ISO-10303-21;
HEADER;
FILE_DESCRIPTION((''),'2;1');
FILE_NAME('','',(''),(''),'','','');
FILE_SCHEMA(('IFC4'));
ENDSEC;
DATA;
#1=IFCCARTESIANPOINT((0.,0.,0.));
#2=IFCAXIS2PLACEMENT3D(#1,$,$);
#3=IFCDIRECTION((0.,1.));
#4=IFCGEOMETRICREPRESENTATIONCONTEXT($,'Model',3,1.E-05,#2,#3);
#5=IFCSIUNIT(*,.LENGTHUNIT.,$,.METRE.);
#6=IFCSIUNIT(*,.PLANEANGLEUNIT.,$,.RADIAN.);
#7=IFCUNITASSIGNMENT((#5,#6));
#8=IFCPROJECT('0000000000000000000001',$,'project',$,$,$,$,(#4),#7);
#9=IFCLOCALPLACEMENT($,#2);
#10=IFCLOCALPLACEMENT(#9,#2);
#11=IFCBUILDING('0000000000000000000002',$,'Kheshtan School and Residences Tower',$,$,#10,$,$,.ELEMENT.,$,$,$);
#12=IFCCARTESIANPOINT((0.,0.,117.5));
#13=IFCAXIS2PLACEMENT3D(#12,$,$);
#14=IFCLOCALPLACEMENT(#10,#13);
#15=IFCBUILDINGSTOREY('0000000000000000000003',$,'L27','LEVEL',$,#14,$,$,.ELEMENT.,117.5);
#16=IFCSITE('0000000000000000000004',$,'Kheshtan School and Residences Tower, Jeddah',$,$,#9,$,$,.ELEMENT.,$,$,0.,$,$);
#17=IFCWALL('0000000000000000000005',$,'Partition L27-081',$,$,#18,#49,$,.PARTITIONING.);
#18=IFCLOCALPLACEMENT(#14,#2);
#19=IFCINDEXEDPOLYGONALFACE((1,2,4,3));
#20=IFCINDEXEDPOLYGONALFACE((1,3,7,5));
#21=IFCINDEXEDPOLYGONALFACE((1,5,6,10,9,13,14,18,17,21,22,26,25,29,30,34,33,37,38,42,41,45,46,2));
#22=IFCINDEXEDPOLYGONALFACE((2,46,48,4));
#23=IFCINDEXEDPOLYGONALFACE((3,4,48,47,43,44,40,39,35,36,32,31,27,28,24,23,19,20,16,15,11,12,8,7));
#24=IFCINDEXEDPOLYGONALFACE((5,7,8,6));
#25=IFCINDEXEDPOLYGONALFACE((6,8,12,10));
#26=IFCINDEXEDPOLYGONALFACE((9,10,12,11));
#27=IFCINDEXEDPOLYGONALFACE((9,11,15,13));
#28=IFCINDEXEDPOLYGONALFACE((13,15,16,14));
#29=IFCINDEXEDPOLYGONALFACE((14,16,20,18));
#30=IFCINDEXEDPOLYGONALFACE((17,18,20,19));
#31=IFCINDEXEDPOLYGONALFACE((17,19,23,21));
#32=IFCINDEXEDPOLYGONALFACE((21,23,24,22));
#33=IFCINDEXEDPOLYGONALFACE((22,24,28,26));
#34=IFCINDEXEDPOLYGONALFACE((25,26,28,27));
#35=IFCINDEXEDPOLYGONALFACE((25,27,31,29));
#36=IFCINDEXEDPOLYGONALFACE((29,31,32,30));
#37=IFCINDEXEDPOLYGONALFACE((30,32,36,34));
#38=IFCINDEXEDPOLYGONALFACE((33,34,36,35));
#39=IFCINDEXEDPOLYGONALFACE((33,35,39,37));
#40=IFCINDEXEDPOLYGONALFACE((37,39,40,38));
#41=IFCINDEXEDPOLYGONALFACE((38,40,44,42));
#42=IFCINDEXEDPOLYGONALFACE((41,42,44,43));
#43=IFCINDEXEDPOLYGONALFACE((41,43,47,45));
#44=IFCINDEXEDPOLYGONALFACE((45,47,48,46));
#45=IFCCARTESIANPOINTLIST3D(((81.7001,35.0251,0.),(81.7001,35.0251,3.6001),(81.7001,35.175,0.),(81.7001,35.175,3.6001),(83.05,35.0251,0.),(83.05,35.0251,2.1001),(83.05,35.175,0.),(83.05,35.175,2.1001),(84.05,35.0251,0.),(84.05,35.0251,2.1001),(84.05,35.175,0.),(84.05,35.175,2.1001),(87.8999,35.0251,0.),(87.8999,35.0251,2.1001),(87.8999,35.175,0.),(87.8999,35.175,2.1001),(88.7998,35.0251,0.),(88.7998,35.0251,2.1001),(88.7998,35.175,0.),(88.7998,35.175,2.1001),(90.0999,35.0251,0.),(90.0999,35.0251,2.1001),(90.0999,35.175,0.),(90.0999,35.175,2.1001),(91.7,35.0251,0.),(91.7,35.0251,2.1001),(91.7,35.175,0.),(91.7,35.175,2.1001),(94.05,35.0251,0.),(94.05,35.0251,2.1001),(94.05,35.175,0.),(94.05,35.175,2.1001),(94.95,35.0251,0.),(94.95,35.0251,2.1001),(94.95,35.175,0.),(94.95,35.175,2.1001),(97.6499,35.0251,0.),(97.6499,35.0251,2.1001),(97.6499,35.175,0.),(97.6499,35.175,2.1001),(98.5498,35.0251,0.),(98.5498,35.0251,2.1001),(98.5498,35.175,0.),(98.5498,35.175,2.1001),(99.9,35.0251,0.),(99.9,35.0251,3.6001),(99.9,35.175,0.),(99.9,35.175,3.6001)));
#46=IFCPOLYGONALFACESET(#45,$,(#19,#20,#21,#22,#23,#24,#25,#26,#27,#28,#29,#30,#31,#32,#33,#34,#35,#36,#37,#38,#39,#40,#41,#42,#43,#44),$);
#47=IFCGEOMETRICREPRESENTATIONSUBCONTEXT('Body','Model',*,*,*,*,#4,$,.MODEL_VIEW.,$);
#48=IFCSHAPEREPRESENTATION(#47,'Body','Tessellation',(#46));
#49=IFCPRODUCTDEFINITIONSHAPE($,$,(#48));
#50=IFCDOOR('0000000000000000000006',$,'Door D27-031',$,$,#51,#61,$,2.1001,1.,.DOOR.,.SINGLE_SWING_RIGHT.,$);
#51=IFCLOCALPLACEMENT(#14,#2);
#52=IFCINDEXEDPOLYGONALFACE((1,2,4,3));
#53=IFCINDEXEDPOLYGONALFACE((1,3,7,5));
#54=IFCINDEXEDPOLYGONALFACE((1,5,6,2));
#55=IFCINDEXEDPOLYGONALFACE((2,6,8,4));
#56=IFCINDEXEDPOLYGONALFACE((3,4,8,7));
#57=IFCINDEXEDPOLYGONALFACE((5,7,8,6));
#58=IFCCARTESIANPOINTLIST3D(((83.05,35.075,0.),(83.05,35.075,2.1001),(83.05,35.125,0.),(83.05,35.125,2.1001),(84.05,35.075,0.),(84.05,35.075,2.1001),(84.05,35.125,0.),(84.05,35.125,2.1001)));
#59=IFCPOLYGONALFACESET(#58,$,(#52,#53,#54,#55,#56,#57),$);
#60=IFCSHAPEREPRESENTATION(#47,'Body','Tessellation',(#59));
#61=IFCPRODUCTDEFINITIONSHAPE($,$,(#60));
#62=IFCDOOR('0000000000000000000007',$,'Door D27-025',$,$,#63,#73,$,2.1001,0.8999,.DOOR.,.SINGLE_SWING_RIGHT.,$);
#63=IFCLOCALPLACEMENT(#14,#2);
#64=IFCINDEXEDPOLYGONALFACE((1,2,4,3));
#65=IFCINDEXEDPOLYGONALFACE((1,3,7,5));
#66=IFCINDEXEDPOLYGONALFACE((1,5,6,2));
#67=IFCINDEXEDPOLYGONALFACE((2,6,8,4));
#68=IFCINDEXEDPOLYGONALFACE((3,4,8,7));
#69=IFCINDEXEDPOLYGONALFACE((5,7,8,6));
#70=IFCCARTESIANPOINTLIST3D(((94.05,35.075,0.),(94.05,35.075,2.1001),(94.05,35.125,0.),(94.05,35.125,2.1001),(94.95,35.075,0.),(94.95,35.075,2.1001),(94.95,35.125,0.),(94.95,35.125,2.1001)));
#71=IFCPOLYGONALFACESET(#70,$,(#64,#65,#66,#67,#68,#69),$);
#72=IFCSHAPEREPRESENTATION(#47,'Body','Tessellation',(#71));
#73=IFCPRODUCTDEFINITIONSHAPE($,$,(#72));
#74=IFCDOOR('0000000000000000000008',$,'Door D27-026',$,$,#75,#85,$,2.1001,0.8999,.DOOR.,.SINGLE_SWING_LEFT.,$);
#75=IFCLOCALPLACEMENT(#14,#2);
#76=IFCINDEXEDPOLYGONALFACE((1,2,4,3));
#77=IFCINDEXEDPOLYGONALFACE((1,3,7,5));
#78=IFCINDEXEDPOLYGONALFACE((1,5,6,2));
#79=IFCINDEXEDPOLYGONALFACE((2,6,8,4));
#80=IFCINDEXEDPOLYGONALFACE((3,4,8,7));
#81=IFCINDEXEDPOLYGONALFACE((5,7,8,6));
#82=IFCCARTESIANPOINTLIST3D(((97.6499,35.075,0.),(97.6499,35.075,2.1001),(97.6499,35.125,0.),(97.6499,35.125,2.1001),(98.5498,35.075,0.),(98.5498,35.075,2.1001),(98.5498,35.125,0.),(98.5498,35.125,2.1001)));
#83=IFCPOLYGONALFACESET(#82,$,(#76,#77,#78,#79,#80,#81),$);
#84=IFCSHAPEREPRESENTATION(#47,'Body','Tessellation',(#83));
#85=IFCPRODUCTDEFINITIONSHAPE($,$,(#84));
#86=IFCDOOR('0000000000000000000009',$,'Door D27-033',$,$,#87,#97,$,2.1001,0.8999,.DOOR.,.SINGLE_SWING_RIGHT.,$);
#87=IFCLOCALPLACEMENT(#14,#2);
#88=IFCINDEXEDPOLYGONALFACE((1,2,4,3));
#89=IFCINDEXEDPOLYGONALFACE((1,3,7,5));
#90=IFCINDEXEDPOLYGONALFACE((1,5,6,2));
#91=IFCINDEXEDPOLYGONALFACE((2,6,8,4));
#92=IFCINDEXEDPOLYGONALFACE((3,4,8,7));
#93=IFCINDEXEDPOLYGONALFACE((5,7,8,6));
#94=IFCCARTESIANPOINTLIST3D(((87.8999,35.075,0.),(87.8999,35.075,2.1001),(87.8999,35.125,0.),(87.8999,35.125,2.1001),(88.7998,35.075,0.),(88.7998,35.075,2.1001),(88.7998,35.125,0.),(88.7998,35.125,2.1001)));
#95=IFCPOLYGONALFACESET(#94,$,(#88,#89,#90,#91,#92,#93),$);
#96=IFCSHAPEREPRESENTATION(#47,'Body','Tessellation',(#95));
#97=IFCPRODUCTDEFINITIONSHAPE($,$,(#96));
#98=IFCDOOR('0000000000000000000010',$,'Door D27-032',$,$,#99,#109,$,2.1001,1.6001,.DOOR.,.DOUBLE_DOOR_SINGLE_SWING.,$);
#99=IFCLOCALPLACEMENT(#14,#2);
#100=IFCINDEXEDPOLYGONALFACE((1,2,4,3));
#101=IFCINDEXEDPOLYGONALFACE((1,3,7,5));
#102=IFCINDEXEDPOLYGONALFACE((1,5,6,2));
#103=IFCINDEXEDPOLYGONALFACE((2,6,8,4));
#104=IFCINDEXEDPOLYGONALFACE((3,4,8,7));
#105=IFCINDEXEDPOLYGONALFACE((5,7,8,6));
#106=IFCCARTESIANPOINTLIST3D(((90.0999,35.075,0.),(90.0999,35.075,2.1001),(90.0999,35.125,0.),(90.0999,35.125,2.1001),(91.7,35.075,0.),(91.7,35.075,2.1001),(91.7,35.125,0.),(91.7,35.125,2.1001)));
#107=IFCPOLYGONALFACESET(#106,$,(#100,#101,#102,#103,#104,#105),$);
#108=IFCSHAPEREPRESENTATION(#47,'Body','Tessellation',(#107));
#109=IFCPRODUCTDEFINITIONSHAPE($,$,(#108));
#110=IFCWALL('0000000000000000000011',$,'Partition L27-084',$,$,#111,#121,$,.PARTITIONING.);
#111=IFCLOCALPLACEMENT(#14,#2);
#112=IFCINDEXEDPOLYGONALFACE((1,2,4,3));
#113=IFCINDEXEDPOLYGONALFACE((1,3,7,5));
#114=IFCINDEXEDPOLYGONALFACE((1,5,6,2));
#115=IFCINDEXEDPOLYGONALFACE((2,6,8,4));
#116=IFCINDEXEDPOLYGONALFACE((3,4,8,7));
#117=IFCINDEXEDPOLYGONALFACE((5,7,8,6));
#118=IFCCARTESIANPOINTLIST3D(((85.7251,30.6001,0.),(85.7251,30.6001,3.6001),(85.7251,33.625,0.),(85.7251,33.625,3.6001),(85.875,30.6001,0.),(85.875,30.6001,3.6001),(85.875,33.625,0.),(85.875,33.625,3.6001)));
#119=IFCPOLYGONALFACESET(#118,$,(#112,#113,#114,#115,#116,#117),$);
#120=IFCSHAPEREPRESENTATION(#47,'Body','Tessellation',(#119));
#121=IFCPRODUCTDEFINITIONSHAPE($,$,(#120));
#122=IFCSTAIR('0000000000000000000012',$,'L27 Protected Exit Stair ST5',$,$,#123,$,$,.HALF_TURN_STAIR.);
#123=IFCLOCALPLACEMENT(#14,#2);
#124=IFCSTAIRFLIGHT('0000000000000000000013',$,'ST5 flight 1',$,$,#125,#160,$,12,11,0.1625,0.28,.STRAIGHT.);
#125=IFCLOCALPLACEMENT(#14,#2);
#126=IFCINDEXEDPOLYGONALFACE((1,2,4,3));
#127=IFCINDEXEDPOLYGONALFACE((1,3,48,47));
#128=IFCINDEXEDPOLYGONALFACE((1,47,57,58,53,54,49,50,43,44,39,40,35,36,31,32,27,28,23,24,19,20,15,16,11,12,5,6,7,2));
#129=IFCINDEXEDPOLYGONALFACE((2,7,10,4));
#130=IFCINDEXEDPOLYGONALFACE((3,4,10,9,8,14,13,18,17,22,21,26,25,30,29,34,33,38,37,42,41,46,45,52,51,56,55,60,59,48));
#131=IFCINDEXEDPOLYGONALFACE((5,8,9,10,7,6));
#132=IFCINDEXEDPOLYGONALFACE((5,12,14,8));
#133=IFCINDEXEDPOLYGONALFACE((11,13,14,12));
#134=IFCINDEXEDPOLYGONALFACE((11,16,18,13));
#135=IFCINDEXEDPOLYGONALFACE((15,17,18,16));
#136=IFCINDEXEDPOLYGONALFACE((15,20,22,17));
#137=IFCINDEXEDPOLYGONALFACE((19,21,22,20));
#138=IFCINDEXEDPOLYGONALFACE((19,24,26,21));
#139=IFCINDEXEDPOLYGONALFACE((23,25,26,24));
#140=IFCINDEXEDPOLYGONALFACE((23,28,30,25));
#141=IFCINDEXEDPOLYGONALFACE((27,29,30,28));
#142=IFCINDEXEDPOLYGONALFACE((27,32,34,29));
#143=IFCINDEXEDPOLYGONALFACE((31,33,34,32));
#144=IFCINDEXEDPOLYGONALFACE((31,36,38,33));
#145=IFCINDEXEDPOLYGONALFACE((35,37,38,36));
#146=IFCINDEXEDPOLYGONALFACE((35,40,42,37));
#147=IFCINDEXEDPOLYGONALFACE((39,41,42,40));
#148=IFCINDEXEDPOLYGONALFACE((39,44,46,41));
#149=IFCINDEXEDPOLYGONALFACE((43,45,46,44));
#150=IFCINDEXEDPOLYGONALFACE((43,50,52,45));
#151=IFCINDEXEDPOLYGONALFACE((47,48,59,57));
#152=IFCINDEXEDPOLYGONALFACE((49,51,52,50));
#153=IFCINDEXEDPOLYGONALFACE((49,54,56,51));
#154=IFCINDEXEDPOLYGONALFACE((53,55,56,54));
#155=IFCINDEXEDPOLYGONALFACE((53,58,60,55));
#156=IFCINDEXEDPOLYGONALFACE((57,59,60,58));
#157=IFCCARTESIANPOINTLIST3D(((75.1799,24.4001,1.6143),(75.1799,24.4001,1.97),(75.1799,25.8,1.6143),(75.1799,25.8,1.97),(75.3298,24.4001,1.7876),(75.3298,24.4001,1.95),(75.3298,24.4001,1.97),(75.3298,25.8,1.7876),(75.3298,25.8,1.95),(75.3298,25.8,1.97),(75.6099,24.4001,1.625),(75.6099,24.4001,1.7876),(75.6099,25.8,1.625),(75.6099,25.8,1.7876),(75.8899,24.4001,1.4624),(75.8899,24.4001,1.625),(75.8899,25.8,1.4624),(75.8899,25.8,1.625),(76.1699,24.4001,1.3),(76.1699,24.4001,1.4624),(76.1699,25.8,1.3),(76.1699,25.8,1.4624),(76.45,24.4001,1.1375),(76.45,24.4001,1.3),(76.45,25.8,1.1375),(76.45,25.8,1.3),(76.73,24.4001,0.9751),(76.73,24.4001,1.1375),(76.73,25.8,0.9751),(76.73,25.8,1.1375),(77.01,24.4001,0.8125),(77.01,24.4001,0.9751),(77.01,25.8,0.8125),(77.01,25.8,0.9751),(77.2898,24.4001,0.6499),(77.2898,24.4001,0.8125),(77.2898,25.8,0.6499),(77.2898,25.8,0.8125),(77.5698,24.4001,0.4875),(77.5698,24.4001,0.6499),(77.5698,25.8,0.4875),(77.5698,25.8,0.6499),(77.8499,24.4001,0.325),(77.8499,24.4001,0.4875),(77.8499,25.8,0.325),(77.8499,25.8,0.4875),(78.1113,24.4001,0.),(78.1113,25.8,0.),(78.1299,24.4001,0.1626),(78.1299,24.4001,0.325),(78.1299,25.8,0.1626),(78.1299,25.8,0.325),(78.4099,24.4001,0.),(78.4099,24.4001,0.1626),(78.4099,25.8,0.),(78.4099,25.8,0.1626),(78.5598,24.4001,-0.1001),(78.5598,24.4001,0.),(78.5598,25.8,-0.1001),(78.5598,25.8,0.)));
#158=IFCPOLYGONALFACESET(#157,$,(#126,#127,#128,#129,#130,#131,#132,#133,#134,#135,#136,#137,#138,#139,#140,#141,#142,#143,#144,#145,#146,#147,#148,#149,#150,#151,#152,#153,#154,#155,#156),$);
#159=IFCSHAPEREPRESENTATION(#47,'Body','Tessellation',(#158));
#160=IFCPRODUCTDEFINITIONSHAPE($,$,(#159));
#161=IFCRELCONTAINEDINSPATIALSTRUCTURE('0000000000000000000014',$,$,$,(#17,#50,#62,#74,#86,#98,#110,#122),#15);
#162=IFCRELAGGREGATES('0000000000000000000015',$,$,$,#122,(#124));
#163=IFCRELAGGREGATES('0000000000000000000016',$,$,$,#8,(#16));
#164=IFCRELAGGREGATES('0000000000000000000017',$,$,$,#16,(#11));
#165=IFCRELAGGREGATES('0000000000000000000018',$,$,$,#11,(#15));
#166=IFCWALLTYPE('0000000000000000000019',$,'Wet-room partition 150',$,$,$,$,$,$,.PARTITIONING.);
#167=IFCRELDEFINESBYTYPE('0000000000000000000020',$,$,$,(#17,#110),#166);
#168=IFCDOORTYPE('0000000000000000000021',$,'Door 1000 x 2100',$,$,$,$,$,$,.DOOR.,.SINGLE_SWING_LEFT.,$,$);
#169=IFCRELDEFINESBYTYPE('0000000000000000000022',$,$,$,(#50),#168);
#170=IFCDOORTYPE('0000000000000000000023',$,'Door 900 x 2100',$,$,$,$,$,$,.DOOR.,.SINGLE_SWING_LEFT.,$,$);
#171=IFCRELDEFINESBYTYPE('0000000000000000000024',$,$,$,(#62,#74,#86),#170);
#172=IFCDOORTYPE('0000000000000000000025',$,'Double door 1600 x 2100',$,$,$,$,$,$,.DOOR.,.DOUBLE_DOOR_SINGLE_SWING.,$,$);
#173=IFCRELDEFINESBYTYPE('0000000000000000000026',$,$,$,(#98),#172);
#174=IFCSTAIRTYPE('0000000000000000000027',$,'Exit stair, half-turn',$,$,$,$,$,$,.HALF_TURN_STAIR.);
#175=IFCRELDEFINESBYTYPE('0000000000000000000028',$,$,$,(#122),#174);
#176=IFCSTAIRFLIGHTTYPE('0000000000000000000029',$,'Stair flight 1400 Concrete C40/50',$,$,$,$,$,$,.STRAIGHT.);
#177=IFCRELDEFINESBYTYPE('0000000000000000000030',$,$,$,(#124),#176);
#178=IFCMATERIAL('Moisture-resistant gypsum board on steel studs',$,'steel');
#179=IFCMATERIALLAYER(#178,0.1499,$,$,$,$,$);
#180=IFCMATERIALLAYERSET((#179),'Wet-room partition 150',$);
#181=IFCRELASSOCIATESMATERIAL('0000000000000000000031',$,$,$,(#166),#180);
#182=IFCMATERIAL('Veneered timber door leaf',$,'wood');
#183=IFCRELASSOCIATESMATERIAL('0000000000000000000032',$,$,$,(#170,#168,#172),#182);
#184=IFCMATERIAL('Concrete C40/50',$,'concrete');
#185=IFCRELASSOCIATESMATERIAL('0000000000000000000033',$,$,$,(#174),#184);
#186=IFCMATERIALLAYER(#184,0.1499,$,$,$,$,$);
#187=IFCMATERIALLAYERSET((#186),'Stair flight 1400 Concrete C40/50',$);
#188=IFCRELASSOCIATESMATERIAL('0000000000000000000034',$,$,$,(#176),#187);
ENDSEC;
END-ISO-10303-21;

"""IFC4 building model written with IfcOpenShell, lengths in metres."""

from ifc_helpers import new_model, si_unit, direction, frame, frame_2d, origin, place, context, subcontext, project, spatial, polyline, rectangle, outline, extrude, source, transform, mapped, material, layer, layer_set, type_object, element, fill, aggregate, save


model = new_model("IFC4")

# Units and contexts
model_context = context("Model", 3, precision=1e-05, world=origin(), true_north=direction((0.0, 1.0)))
body_context = subcontext(model_context, "Body", "Model", "MODEL_VIEW")
ifc_project = project(units=[si_unit("LENGTHUNIT", "METRE"), si_unit("PLANEANGLEUNIT", "RADIAN")], contexts=[model_context])

# Site, building, storey
site_placement = place(None, origin())
site = spatial("IfcSite", under=ifc_project, at=site_placement, Name="Kheshtan School and Residences Tower, Jeddah", CompositionType="ELEMENT", RefElevation=0.0)
building_placement = place(site_placement, origin())
building = spatial("IfcBuilding", under=site, at=building_placement, Name="Kheshtan School and Residences Tower", CompositionType="ELEMENT")
storey_placement = place(building_placement, frame((0.0, 0.0, 117.5)))
storey = spatial("IfcBuildingStorey", under=building, at=storey_placement, Name="L27", Description="LEVEL", CompositionType="ELEMENT", Elevation=117.5)

# Shared definitions
ifc_material_1 = material(Name="Concrete C40/50", Category="concrete")

# Shared definitions
ifc_material_2 = material(Name="Moisture-resistant gypsum board on steel studs", Category="steel")
ifc_layer_1 = layer(ifc_material_2, 0.1499)
ifc_layer_set_1 = layer_set([ifc_layer_1], Name="Wet-room partition 150")
wall_type_1 = type_object("IfcWallType", Name="Wet-room partition 150", PredefinedType="PARTITIONING", material=ifc_layer_set_1)

# Wall, openings, doors
ifc_material_3 = material(Name="Veneered timber door leaf", Category="wood")
door_type_1 = type_object("IfcDoorType", Name="Door 900 x 2100", OperationType="SINGLE_SWING_LEFT", PredefinedType="DOOR", material=ifc_material_3)
shared_shape_1 = source(origin(), body_context, "Body", "SweptSolid", [
    extrude(rectangle(XDim=0.8999, YDim=2.1001, at=frame_2d((0.45, 1.05))), frame((0.0, 0.0249, 0.0), z_axis=(0.0, -1.0, 0.0), x_axis=(1.0, 0.0, 0.0)), (0.0, 0.0, 1.0), 0.05),
])
wall_1_placement = place(storey_placement, frame((81.7, 35.1001, 0.0), z_axis=(0.0, 0.0, 1.0), x_axis=(1.0, 0.0, 0.0)))
wall_1 = element("IfcWall", 1, at=wall_1_placement, inside=storey, type_object=wall_type_1, Name="Partition L27-081", PredefinedType="PARTITIONING", context=body_context, shape_type="SweptSolid", body=[
    extrude(rectangle(XDim=18.2, YDim=0.1499, at=frame_2d((9.1001, 0.0))), origin(), (0.0, 0.0, 1.0), 3.6001),
])
opening_1_placement = place(wall_1_placement, frame((12.3501, 0.0, 0.0)))
opening_1 = element("IfcOpeningElement", 2, at=opening_1_placement, cuts=wall_1, PredefinedType="OPENING", context=body_context, shape_type="SweptSolid", body=[
    extrude(rectangle(XDim=0.8999, YDim=2.1001, at=frame_2d((0.45, 1.05))), frame((0.0, 0.085, 0.0), z_axis=(0.0, -1.0, 0.0), x_axis=(1.0, 0.0, 0.0)), (0.0, 0.0, 1.0), 0.1699),
])
opening_2_placement = place(wall_1_placement, frame((15.95, 0.0, 0.0)))
opening_2 = element("IfcOpeningElement", 3, at=opening_2_placement, cuts=wall_1, PredefinedType="OPENING", context=body_context, shape_type="SweptSolid", body=[
    extrude(rectangle(XDim=0.8999, YDim=2.1001, at=frame_2d((0.45, 1.05))), frame((0.0, 0.085, 0.0), z_axis=(0.0, -1.0, 0.0), x_axis=(1.0, 0.0, 0.0)), (0.0, 0.0, 1.0), 0.1699),
])
opening_3_placement = place(wall_1_placement, frame((1.3501, 0.0, 0.0)))
opening_3 = element("IfcOpeningElement", 4, at=opening_3_placement, cuts=wall_1, PredefinedType="OPENING", context=body_context, shape_type="SweptSolid", body=[
    extrude(rectangle(XDim=1.0, YDim=2.1001, at=frame_2d((0.5, 1.05))), frame((0.0, 0.085, 0.0), z_axis=(0.0, -1.0, 0.0), x_axis=(1.0, 0.0, 0.0)), (0.0, 0.0, 1.0), 0.1699),
])
opening_4_placement = place(wall_1_placement, frame((8.3999, 0.0, 0.0)))
opening_4 = element("IfcOpeningElement", 5, at=opening_4_placement, cuts=wall_1, PredefinedType="OPENING", context=body_context, shape_type="SweptSolid", body=[
    extrude(rectangle(XDim=1.6001, YDim=2.1001, at=frame_2d((0.8, 1.05))), frame((0.0, 0.085, 0.0), z_axis=(0.0, -1.0, 0.0), x_axis=(1.0, 0.0, 0.0)), (0.0, 0.0, 1.0), 0.1699),
])
opening_5_placement = place(wall_1_placement, frame((6.2, 0.0, 0.0)))
opening_5 = element("IfcOpeningElement", 6, at=opening_5_placement, cuts=wall_1, PredefinedType="OPENING", context=body_context, shape_type="SweptSolid", body=[
    extrude(rectangle(XDim=0.8999, YDim=2.1001, at=frame_2d((0.45, 1.05))), frame((0.0, 0.085, 0.0), z_axis=(0.0, -1.0, 0.0), x_axis=(1.0, 0.0, 0.0)), (0.0, 0.0, 1.0), 0.1699),
])
door_type_2 = type_object("IfcDoorType", Name="Door 1000 x 2100", OperationType="SINGLE_SWING_LEFT", PredefinedType="DOOR", material=ifc_material_3)
shared_shape_2 = source(origin(), body_context, "Body", "SweptSolid", [
    extrude(rectangle(XDim=1.0, YDim=2.1001, at=frame_2d((0.5, 1.05))), frame((0.0, 0.0249, 0.0), z_axis=(0.0, -1.0, 0.0), x_axis=(1.0, 0.0, 0.0)), (0.0, 0.0, 1.0), 0.05),
])
door_1_placement = place(opening_3_placement, origin())
door_1 = element("IfcDoor", 7, at=door_1_placement, inside=storey, type_object=door_type_2, Name="Door D27-031", OperationType="SINGLE_SWING_RIGHT", OverallHeight=2.1001, OverallWidth=1.0, PredefinedType="DOOR", context=body_context, shape_type="MappedRepresentation", body=[
    mapped(shared_shape_2, transform((0.0, 0.0, 0.0), x_axis=(1.0, 0.0, 0.0), y_axis=(0.0, 1.0, 0.0), z_axis=(0.0, 0.0, 1.0), scale=1.0)),
])
fill(opening_3, door_1)
door_2_placement = place(opening_1_placement, origin())
door_2 = element("IfcDoor", 8, at=door_2_placement, inside=storey, type_object=door_type_1, Name="Door D27-025", OperationType="SINGLE_SWING_RIGHT", OverallHeight=2.1001, OverallWidth=0.8999, PredefinedType="DOOR", context=body_context, shape_type="MappedRepresentation", body=[
    mapped(shared_shape_1, transform((0.0, 0.0, 0.0), x_axis=(1.0, 0.0, 0.0), y_axis=(0.0, 1.0, 0.0), z_axis=(0.0, 0.0, 1.0), scale=1.0)),
])
fill(opening_1, door_2)
door_3_placement = place(opening_2_placement, origin())
door_3 = element("IfcDoor", 9, at=door_3_placement, inside=storey, type_object=door_type_1, Name="Door D27-026", OperationType="SINGLE_SWING_LEFT", OverallHeight=2.1001, OverallWidth=0.8999, PredefinedType="DOOR", context=body_context, shape_type="MappedRepresentation", body=[
    mapped(shared_shape_1, transform((0.0, 0.0, 0.0), x_axis=(1.0, 0.0, 0.0), y_axis=(0.0, 1.0, 0.0), z_axis=(0.0, 0.0, 1.0), scale=1.0)),
])
fill(opening_2, door_3)
door_4_placement = place(opening_5_placement, origin())
door_4 = element("IfcDoor", 10, at=door_4_placement, inside=storey, type_object=door_type_1, Name="Door D27-033", OperationType="SINGLE_SWING_RIGHT", OverallHeight=2.1001, OverallWidth=0.8999, PredefinedType="DOOR", context=body_context, shape_type="MappedRepresentation", body=[
    mapped(shared_shape_1, transform((0.0, 0.0, 0.0), x_axis=(1.0, 0.0, 0.0), y_axis=(0.0, 1.0, 0.0), z_axis=(0.0, 0.0, 1.0), scale=1.0)),
])
fill(opening_5, door_4)
door_type_3 = type_object("IfcDoorType", Name="Double door 1600 x 2100", OperationType="DOUBLE_DOOR_SINGLE_SWING", PredefinedType="DOOR", material=ifc_material_3)
shared_shape_3 = source(origin(), body_context, "Body", "SweptSolid", [
    extrude(rectangle(XDim=1.6001, YDim=2.1001, at=frame_2d((0.8, 1.05))), frame((0.0, 0.0249, 0.0), z_axis=(0.0, -1.0, 0.0), x_axis=(1.0, 0.0, 0.0)), (0.0, 0.0, 1.0), 0.05),
])
door_5_placement = place(opening_4_placement, origin())
door_5 = element("IfcDoor", 11, at=door_5_placement, inside=storey, type_object=door_type_3, Name="Door D27-032", OperationType="DOUBLE_DOOR_SINGLE_SWING", OverallHeight=2.1001, OverallWidth=1.6001, PredefinedType="DOOR", context=body_context, shape_type="MappedRepresentation", body=[
    mapped(shared_shape_3, transform((0.0, 0.0, 0.0), x_axis=(1.0, 0.0, 0.0), y_axis=(0.0, 1.0, 0.0), z_axis=(0.0, 0.0, 1.0), scale=1.0)),
])
fill(opening_4, door_5)

# Wall
wall_2_placement = place(storey_placement, frame((85.8, 30.6001, 0.0), z_axis=(0.0, 0.0, 1.0), x_axis=(0.0, 1.0, 0.0)))
element("IfcWall", 12, at=wall_2_placement, inside=storey, type_object=wall_type_1, Name="Partition L27-084", PredefinedType="PARTITIONING", context=body_context, shape_type="SweptSolid", body=[
    extrude(rectangle(XDim=3.0249, YDim=0.1499, at=frame_2d((1.5125, 0.0))), origin(), (0.0, 0.0, 1.0), 3.6001),
])

# Stair, stair flight
stair_type = type_object("IfcStairType", Name="Exit stair, half-turn", PredefinedType="HALF_TURN_STAIR", material=ifc_material_1)
stair_placement = place(storey_placement, origin())
stair = element("IfcStair", 13, at=stair_placement, inside=storey, type_object=stair_type, Name="L27 Protected Exit Stair ST5", PredefinedType="HALF_TURN_STAIR")
ifc_layer_2 = layer(ifc_material_1, 0.1499)
ifc_layer_set_2 = layer_set([ifc_layer_2], Name="Stair flight 1400 Concrete C40/50")
stair_flight_type = type_object("IfcStairFlightType", Name="Stair flight 1400 Concrete C40/50", PredefinedType="STRAIGHT", material=ifc_layer_set_2)
stair_flight_placement = place(storey_placement, frame((78.4099, 25.1001, 0.0), z_axis=(0.0, 0.0, 1.0), x_axis=(-1.0, 0.0, 0.0)))
stair_flight = element("IfcStairFlight", 14, at=stair_flight_placement, type_object=stair_flight_type, Name="ST5 flight 1", NumberOfRisers=12, NumberOfTreads=11, PredefinedType="STRAIGHT", RiserHeight=0.1625, TreadLength=0.28, context=body_context, shape_type="SweptSolid", body=[
    extrude(outline(polyline([(-0.1499, -0.1001), (-0.1499, 0.0), (0.0, 0.0), (0.0, 0.1626), (0.28, 0.1626), (0.28, 0.325), (0.5601, 0.325), (0.5601, 0.4875), (0.8401, 0.4875), (0.8401, 0.6499), (1.1201, 0.6499), (1.1201, 0.8125), (1.3999, 0.8125), (1.3999, 0.9751), (1.6799, 0.9751), (1.6799, 1.1375), (1.96, 1.1375), (1.96, 1.3), (2.24, 1.3), (2.24, 1.4624), (2.52, 1.4624), (2.52, 1.625), (2.8, 1.625), (2.8, 1.7876), (3.0801, 1.7876), (3.0801, 1.95), (3.0801, 1.97), (3.23, 1.97), (3.23, 1.6143), (0.2986, 0.0), (-0.1499, -0.1001)])), frame((0.0, 0.7, 0.0), z_axis=(0.0, -1.0, 0.0), x_axis=(1.0, 0.0, 0.0)), (0.0, 0.0, 1.0), 1.3999),
])
aggregate(stair, [stair_flight])

save(model, "model.ifc")
